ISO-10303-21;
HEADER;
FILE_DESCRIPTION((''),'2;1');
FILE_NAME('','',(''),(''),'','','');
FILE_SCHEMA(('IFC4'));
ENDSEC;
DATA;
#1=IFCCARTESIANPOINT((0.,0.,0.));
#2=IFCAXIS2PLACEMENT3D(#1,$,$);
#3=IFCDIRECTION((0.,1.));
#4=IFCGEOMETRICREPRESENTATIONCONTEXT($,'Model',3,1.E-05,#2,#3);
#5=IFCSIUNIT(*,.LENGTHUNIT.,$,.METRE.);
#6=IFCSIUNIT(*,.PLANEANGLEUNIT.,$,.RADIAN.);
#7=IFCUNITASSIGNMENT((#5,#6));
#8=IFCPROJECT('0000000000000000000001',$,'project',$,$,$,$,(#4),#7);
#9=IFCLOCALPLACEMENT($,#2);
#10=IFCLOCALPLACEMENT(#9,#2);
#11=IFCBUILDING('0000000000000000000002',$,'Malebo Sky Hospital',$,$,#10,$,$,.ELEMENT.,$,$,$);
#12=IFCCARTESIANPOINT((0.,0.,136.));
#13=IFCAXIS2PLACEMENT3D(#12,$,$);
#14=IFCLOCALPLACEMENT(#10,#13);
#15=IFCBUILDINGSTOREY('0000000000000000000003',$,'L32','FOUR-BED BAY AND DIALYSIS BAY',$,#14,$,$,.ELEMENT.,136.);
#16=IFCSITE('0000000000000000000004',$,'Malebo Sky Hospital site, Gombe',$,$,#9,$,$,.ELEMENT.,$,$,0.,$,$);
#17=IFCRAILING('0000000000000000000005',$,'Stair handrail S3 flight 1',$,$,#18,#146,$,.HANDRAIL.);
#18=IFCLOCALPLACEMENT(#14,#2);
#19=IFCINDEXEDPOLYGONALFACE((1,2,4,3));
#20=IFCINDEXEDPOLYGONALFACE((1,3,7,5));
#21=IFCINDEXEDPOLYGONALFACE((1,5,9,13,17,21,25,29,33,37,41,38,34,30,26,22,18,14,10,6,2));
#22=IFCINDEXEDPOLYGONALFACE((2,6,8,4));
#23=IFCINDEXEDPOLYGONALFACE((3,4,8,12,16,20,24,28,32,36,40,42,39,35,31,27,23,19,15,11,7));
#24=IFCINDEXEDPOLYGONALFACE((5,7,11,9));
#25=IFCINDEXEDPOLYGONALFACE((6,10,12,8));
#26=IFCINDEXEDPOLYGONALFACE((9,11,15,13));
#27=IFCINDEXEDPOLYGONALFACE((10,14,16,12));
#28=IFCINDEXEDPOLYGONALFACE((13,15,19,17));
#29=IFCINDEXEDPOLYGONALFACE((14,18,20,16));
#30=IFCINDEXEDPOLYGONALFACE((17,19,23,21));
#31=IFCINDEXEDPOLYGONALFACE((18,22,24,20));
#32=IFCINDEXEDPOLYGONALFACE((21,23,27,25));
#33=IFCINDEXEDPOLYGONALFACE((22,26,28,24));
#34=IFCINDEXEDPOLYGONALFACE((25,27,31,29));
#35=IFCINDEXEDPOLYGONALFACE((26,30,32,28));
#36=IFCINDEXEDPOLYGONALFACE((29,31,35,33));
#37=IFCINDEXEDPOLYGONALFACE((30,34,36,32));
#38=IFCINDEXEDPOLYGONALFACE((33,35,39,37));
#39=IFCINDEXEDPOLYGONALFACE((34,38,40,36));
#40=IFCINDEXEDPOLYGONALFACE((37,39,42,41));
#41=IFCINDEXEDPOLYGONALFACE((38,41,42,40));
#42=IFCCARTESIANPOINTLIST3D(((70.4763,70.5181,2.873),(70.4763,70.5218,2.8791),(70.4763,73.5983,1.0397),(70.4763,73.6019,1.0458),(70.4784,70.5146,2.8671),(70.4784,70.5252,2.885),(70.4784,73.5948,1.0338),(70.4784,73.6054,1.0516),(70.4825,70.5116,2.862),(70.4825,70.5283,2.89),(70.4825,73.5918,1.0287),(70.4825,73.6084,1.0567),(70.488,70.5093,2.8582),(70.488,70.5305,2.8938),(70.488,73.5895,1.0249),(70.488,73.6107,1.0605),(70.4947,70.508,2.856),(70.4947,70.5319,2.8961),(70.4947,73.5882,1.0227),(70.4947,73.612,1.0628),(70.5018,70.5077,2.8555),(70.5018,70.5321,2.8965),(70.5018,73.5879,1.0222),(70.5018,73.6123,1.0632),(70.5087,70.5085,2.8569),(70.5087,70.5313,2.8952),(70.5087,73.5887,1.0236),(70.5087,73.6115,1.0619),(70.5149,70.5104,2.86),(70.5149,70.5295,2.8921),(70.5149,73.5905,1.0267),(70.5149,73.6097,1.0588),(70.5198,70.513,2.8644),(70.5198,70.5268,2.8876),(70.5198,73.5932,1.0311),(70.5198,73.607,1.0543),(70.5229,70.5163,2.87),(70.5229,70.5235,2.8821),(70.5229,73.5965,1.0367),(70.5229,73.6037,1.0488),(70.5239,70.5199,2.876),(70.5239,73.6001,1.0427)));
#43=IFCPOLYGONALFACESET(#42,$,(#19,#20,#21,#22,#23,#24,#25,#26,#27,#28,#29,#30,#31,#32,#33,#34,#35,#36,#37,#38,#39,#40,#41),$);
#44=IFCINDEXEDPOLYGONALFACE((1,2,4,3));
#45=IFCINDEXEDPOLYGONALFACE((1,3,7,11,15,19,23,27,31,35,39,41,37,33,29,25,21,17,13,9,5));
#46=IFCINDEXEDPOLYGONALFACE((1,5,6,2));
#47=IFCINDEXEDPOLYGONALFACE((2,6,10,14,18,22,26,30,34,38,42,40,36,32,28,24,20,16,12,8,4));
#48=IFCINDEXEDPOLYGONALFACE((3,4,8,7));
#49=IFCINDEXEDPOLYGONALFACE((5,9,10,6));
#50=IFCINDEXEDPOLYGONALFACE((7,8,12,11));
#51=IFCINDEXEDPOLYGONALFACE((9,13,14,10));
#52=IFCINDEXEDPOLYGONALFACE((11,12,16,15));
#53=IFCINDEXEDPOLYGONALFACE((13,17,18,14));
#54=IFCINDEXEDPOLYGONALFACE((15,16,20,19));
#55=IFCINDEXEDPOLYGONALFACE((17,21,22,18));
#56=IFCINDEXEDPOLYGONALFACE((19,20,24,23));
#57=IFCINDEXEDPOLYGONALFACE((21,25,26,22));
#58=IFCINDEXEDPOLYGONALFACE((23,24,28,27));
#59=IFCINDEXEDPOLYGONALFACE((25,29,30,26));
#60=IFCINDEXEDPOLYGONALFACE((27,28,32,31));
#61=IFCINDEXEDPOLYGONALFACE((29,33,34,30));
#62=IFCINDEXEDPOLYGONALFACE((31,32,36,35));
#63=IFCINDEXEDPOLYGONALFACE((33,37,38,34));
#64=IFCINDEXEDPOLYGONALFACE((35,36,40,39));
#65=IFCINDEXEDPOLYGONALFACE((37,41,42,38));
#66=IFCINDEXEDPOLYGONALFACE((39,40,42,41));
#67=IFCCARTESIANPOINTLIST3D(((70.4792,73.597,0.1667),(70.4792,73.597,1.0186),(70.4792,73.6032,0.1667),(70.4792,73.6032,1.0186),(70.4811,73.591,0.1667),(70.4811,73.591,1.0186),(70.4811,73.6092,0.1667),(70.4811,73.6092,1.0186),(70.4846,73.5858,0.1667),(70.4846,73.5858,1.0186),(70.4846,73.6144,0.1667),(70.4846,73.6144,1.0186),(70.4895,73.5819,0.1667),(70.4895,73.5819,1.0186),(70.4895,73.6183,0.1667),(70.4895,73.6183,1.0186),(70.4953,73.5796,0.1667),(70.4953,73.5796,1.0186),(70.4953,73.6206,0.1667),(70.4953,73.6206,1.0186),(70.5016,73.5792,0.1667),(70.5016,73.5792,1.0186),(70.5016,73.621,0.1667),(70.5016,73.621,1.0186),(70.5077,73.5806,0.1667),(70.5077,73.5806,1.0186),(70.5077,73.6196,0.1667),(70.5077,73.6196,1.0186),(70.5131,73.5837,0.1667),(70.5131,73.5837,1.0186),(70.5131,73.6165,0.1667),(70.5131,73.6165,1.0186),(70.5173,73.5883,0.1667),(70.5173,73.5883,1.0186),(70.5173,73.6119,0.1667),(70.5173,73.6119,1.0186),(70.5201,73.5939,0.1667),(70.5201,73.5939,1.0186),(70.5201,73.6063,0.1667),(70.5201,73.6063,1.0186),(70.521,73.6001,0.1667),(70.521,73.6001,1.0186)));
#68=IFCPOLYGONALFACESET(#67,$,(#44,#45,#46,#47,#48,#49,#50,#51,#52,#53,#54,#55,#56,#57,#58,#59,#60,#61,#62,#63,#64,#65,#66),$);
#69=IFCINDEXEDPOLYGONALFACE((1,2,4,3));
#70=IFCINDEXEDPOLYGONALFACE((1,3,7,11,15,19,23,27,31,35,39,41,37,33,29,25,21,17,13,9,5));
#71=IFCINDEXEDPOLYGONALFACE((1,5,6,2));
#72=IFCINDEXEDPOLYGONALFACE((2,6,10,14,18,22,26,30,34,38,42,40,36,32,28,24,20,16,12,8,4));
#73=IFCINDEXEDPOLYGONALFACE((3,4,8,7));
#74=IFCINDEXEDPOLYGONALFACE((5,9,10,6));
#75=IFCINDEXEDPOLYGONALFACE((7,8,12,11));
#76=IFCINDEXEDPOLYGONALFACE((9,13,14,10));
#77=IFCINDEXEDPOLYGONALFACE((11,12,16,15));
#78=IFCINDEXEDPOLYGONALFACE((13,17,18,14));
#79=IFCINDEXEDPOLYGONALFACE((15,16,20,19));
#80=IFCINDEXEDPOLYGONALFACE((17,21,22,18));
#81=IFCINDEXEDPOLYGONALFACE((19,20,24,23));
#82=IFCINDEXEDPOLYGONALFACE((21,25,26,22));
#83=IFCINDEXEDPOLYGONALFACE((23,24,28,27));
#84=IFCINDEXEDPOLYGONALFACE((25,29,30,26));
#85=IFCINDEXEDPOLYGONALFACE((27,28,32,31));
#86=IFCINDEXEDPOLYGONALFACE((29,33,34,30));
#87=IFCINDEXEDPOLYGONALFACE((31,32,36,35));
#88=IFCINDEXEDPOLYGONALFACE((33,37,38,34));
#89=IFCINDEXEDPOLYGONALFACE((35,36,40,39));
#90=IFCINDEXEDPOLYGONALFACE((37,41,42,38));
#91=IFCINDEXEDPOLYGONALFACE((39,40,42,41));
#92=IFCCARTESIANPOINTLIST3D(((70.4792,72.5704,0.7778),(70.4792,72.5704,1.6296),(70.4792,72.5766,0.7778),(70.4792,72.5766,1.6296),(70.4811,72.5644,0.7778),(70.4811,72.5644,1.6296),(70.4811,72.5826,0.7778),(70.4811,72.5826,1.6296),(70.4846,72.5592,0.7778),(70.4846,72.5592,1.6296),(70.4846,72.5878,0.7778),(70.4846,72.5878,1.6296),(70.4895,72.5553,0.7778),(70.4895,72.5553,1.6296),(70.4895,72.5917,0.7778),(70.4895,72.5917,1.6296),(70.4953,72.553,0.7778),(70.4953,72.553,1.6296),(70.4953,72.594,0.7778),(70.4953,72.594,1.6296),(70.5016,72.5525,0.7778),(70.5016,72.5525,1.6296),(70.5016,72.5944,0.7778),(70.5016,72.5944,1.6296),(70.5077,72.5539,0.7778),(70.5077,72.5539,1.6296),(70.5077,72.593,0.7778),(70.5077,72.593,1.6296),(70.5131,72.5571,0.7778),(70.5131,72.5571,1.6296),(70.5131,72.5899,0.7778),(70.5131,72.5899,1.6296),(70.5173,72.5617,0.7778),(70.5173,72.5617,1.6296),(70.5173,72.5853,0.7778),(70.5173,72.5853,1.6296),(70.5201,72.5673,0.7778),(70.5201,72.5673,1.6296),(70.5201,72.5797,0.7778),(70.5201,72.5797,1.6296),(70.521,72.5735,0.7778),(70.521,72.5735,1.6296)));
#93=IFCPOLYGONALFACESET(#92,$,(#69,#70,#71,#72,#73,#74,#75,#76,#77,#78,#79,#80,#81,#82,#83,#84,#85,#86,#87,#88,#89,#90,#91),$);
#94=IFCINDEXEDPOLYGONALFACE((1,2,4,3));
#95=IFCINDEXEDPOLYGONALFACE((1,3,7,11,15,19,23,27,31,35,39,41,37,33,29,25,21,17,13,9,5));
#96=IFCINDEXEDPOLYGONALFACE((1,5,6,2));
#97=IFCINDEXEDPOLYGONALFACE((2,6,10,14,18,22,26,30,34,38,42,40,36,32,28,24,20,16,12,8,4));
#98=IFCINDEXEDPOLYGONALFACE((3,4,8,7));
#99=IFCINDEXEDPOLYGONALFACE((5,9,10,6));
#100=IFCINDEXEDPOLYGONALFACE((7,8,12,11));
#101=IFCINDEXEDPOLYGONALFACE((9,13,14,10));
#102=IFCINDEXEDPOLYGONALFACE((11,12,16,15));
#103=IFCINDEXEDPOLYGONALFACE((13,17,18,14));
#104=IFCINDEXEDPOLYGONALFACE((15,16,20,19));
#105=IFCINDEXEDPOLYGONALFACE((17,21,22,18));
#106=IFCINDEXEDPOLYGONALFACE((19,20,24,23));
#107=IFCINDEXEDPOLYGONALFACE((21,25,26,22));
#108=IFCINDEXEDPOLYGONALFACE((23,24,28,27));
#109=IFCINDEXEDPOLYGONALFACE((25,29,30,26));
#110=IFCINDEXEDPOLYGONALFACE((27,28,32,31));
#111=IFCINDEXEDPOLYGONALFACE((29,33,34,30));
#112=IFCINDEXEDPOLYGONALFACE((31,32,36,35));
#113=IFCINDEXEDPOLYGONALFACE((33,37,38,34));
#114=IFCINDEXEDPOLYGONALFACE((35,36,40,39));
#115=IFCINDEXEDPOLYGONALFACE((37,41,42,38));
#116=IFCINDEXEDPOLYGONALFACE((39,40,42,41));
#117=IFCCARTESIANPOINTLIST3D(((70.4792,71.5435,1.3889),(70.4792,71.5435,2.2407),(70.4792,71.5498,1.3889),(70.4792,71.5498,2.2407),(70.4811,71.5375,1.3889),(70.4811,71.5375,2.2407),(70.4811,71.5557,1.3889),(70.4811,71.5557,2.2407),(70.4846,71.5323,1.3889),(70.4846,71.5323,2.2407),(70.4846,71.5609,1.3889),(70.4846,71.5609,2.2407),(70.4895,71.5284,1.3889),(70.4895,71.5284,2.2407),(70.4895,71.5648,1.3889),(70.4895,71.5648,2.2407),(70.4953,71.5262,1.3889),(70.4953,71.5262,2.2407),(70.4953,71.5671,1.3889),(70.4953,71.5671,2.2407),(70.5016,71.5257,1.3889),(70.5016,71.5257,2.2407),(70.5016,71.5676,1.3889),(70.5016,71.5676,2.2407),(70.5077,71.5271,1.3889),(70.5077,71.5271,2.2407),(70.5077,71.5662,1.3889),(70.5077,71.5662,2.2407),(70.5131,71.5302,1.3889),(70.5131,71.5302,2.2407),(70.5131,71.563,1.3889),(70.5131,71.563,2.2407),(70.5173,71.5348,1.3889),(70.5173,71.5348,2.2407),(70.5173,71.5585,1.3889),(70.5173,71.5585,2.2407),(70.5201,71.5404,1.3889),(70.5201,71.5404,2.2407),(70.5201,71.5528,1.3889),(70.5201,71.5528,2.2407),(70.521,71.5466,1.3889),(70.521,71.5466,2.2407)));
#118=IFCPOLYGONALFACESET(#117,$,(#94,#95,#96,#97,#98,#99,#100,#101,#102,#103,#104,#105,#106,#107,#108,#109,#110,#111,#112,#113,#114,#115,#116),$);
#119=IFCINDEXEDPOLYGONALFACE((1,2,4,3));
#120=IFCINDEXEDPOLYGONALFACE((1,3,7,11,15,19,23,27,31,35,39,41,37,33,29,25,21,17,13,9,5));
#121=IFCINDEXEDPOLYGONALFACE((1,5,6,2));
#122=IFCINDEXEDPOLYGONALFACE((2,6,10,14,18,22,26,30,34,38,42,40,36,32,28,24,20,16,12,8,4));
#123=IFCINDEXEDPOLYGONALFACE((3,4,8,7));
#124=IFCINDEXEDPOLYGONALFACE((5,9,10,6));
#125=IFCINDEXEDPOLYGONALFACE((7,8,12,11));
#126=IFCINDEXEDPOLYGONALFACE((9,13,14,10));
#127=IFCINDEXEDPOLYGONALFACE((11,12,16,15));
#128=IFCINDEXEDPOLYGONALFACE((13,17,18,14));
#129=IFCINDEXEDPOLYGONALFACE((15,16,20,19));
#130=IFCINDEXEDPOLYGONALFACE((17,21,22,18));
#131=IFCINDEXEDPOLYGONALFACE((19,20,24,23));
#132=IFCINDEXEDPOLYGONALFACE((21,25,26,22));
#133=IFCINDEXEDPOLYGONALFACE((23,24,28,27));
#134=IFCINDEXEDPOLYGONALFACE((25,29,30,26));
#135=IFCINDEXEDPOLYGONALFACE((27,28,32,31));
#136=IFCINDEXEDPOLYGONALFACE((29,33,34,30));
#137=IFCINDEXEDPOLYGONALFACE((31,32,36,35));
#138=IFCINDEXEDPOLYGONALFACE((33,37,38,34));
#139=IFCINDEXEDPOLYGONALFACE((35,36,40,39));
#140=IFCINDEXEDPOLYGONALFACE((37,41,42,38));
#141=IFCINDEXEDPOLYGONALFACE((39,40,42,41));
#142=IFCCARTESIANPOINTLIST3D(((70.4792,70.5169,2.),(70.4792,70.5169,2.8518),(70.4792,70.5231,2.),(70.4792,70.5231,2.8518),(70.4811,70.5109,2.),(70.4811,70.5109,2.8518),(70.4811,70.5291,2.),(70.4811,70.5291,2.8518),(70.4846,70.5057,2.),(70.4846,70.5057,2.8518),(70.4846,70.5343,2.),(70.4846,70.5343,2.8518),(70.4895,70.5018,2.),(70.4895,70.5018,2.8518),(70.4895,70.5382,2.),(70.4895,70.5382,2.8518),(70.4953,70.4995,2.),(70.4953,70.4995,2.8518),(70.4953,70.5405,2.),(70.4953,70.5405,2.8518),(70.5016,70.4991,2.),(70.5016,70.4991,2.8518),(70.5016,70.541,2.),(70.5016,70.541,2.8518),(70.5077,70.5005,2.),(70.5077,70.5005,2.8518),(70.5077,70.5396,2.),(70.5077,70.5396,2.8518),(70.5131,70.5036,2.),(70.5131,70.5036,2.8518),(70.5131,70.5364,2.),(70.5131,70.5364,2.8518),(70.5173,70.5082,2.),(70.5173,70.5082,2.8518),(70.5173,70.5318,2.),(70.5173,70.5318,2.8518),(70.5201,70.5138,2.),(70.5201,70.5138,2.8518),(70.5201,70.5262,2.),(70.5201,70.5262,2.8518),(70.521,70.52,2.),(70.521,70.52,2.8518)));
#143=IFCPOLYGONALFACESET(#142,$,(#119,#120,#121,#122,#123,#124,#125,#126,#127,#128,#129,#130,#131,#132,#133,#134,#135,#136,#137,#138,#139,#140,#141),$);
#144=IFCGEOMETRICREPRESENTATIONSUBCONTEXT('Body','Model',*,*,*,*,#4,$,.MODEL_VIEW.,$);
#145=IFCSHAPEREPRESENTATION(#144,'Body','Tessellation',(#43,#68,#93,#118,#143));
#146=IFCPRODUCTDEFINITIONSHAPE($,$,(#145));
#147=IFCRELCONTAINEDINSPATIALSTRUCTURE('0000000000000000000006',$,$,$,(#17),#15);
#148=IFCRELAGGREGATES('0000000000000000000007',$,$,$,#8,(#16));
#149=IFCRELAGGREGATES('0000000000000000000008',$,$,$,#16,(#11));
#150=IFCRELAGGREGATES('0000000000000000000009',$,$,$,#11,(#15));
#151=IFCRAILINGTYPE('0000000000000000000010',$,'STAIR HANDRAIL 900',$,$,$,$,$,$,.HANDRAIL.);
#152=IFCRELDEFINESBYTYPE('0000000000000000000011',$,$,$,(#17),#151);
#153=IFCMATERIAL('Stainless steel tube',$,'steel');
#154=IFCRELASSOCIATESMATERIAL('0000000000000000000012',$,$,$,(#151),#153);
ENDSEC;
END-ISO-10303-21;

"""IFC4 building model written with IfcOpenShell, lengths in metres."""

from ifc_helpers import new_model, si_unit, direction, frame, origin, origin_2d, place, context, subcontext, project, spatial, circle, extrude, material, type_object, element, save


model = new_model("IFC4")

# Units and contexts
model_context = context("Model", 3, precision=1e-05, world=origin(), true_north=direction((0.0, 1.0)))
body_context = subcontext(model_context, "Body", "Model", "MODEL_VIEW")
ifc_project = project(units=[si_unit("LENGTHUNIT", "METRE"), si_unit("PLANEANGLEUNIT", "RADIAN")], contexts=[model_context])

# Site, building, storey
site_placement = place(None, origin())
site = spatial("IfcSite", under=ifc_project, at=site_placement, Name="Malebo Sky Hospital site, Gombe", CompositionType="ELEMENT", RefElevation=0.0)
building_placement = place(site_placement, origin())
building = spatial("IfcBuilding", under=site, at=building_placement, Name="Malebo Sky Hospital", CompositionType="ELEMENT")
storey_placement = place(building_placement, frame((0.0, 0.0, 136.0)))
storey = spatial("IfcBuildingStorey", under=building, at=storey_placement, Name="L32", Description="FOUR-BED BAY AND DIALYSIS BAY", CompositionType="ELEMENT", Elevation=136.0)

# Railing
ifc_material_1 = material(Name="Stainless steel tube", Category="steel")
railing_type = type_object("IfcRailingType", Name="STAIR HANDRAIL 900", PredefinedType="HANDRAIL", material=ifc_material_1)
railing_1_placement = place(storey_placement, frame((70.5, 73.6001, 0.1667)))
element("IfcRailing", 1, at=railing_1_placement, inside=storey, type_object=railing_type, Name="Stair handrail S3 flight 1", PredefinedType="HANDRAIL", context=body_context, shape_type="SweptSolid", body=[
    extrude(circle(Radius=0.0239, at=origin_2d()), frame((0.0, 0.0, 0.876), z_axis=(0.0, -0.859309, 0.511458), x_axis=(1.0, 0.0, 0.0)), (0.0, 0.0, 1.0), 3.5845),
    extrude(circle(Radius=0.021, at=origin_2d()), origin(), (0.0, 0.0, 1.0), 0.8518),
    extrude(circle(Radius=0.021, at=origin_2d()), frame((0.0, -1.0266, 0.6111)), (0.0, 0.0, 1.0), 0.8518),
    extrude(circle(Radius=0.021, at=origin_2d()), frame((0.0, -2.0535, 1.2222)), (0.0, 0.0, 1.0), 0.8518),
    extrude(circle(Radius=0.021, at=origin_2d()), frame((0.0, -3.0801, 1.8333)), (0.0, 0.0, 1.0), 0.8518),
])

save(model, "model.ifc")
